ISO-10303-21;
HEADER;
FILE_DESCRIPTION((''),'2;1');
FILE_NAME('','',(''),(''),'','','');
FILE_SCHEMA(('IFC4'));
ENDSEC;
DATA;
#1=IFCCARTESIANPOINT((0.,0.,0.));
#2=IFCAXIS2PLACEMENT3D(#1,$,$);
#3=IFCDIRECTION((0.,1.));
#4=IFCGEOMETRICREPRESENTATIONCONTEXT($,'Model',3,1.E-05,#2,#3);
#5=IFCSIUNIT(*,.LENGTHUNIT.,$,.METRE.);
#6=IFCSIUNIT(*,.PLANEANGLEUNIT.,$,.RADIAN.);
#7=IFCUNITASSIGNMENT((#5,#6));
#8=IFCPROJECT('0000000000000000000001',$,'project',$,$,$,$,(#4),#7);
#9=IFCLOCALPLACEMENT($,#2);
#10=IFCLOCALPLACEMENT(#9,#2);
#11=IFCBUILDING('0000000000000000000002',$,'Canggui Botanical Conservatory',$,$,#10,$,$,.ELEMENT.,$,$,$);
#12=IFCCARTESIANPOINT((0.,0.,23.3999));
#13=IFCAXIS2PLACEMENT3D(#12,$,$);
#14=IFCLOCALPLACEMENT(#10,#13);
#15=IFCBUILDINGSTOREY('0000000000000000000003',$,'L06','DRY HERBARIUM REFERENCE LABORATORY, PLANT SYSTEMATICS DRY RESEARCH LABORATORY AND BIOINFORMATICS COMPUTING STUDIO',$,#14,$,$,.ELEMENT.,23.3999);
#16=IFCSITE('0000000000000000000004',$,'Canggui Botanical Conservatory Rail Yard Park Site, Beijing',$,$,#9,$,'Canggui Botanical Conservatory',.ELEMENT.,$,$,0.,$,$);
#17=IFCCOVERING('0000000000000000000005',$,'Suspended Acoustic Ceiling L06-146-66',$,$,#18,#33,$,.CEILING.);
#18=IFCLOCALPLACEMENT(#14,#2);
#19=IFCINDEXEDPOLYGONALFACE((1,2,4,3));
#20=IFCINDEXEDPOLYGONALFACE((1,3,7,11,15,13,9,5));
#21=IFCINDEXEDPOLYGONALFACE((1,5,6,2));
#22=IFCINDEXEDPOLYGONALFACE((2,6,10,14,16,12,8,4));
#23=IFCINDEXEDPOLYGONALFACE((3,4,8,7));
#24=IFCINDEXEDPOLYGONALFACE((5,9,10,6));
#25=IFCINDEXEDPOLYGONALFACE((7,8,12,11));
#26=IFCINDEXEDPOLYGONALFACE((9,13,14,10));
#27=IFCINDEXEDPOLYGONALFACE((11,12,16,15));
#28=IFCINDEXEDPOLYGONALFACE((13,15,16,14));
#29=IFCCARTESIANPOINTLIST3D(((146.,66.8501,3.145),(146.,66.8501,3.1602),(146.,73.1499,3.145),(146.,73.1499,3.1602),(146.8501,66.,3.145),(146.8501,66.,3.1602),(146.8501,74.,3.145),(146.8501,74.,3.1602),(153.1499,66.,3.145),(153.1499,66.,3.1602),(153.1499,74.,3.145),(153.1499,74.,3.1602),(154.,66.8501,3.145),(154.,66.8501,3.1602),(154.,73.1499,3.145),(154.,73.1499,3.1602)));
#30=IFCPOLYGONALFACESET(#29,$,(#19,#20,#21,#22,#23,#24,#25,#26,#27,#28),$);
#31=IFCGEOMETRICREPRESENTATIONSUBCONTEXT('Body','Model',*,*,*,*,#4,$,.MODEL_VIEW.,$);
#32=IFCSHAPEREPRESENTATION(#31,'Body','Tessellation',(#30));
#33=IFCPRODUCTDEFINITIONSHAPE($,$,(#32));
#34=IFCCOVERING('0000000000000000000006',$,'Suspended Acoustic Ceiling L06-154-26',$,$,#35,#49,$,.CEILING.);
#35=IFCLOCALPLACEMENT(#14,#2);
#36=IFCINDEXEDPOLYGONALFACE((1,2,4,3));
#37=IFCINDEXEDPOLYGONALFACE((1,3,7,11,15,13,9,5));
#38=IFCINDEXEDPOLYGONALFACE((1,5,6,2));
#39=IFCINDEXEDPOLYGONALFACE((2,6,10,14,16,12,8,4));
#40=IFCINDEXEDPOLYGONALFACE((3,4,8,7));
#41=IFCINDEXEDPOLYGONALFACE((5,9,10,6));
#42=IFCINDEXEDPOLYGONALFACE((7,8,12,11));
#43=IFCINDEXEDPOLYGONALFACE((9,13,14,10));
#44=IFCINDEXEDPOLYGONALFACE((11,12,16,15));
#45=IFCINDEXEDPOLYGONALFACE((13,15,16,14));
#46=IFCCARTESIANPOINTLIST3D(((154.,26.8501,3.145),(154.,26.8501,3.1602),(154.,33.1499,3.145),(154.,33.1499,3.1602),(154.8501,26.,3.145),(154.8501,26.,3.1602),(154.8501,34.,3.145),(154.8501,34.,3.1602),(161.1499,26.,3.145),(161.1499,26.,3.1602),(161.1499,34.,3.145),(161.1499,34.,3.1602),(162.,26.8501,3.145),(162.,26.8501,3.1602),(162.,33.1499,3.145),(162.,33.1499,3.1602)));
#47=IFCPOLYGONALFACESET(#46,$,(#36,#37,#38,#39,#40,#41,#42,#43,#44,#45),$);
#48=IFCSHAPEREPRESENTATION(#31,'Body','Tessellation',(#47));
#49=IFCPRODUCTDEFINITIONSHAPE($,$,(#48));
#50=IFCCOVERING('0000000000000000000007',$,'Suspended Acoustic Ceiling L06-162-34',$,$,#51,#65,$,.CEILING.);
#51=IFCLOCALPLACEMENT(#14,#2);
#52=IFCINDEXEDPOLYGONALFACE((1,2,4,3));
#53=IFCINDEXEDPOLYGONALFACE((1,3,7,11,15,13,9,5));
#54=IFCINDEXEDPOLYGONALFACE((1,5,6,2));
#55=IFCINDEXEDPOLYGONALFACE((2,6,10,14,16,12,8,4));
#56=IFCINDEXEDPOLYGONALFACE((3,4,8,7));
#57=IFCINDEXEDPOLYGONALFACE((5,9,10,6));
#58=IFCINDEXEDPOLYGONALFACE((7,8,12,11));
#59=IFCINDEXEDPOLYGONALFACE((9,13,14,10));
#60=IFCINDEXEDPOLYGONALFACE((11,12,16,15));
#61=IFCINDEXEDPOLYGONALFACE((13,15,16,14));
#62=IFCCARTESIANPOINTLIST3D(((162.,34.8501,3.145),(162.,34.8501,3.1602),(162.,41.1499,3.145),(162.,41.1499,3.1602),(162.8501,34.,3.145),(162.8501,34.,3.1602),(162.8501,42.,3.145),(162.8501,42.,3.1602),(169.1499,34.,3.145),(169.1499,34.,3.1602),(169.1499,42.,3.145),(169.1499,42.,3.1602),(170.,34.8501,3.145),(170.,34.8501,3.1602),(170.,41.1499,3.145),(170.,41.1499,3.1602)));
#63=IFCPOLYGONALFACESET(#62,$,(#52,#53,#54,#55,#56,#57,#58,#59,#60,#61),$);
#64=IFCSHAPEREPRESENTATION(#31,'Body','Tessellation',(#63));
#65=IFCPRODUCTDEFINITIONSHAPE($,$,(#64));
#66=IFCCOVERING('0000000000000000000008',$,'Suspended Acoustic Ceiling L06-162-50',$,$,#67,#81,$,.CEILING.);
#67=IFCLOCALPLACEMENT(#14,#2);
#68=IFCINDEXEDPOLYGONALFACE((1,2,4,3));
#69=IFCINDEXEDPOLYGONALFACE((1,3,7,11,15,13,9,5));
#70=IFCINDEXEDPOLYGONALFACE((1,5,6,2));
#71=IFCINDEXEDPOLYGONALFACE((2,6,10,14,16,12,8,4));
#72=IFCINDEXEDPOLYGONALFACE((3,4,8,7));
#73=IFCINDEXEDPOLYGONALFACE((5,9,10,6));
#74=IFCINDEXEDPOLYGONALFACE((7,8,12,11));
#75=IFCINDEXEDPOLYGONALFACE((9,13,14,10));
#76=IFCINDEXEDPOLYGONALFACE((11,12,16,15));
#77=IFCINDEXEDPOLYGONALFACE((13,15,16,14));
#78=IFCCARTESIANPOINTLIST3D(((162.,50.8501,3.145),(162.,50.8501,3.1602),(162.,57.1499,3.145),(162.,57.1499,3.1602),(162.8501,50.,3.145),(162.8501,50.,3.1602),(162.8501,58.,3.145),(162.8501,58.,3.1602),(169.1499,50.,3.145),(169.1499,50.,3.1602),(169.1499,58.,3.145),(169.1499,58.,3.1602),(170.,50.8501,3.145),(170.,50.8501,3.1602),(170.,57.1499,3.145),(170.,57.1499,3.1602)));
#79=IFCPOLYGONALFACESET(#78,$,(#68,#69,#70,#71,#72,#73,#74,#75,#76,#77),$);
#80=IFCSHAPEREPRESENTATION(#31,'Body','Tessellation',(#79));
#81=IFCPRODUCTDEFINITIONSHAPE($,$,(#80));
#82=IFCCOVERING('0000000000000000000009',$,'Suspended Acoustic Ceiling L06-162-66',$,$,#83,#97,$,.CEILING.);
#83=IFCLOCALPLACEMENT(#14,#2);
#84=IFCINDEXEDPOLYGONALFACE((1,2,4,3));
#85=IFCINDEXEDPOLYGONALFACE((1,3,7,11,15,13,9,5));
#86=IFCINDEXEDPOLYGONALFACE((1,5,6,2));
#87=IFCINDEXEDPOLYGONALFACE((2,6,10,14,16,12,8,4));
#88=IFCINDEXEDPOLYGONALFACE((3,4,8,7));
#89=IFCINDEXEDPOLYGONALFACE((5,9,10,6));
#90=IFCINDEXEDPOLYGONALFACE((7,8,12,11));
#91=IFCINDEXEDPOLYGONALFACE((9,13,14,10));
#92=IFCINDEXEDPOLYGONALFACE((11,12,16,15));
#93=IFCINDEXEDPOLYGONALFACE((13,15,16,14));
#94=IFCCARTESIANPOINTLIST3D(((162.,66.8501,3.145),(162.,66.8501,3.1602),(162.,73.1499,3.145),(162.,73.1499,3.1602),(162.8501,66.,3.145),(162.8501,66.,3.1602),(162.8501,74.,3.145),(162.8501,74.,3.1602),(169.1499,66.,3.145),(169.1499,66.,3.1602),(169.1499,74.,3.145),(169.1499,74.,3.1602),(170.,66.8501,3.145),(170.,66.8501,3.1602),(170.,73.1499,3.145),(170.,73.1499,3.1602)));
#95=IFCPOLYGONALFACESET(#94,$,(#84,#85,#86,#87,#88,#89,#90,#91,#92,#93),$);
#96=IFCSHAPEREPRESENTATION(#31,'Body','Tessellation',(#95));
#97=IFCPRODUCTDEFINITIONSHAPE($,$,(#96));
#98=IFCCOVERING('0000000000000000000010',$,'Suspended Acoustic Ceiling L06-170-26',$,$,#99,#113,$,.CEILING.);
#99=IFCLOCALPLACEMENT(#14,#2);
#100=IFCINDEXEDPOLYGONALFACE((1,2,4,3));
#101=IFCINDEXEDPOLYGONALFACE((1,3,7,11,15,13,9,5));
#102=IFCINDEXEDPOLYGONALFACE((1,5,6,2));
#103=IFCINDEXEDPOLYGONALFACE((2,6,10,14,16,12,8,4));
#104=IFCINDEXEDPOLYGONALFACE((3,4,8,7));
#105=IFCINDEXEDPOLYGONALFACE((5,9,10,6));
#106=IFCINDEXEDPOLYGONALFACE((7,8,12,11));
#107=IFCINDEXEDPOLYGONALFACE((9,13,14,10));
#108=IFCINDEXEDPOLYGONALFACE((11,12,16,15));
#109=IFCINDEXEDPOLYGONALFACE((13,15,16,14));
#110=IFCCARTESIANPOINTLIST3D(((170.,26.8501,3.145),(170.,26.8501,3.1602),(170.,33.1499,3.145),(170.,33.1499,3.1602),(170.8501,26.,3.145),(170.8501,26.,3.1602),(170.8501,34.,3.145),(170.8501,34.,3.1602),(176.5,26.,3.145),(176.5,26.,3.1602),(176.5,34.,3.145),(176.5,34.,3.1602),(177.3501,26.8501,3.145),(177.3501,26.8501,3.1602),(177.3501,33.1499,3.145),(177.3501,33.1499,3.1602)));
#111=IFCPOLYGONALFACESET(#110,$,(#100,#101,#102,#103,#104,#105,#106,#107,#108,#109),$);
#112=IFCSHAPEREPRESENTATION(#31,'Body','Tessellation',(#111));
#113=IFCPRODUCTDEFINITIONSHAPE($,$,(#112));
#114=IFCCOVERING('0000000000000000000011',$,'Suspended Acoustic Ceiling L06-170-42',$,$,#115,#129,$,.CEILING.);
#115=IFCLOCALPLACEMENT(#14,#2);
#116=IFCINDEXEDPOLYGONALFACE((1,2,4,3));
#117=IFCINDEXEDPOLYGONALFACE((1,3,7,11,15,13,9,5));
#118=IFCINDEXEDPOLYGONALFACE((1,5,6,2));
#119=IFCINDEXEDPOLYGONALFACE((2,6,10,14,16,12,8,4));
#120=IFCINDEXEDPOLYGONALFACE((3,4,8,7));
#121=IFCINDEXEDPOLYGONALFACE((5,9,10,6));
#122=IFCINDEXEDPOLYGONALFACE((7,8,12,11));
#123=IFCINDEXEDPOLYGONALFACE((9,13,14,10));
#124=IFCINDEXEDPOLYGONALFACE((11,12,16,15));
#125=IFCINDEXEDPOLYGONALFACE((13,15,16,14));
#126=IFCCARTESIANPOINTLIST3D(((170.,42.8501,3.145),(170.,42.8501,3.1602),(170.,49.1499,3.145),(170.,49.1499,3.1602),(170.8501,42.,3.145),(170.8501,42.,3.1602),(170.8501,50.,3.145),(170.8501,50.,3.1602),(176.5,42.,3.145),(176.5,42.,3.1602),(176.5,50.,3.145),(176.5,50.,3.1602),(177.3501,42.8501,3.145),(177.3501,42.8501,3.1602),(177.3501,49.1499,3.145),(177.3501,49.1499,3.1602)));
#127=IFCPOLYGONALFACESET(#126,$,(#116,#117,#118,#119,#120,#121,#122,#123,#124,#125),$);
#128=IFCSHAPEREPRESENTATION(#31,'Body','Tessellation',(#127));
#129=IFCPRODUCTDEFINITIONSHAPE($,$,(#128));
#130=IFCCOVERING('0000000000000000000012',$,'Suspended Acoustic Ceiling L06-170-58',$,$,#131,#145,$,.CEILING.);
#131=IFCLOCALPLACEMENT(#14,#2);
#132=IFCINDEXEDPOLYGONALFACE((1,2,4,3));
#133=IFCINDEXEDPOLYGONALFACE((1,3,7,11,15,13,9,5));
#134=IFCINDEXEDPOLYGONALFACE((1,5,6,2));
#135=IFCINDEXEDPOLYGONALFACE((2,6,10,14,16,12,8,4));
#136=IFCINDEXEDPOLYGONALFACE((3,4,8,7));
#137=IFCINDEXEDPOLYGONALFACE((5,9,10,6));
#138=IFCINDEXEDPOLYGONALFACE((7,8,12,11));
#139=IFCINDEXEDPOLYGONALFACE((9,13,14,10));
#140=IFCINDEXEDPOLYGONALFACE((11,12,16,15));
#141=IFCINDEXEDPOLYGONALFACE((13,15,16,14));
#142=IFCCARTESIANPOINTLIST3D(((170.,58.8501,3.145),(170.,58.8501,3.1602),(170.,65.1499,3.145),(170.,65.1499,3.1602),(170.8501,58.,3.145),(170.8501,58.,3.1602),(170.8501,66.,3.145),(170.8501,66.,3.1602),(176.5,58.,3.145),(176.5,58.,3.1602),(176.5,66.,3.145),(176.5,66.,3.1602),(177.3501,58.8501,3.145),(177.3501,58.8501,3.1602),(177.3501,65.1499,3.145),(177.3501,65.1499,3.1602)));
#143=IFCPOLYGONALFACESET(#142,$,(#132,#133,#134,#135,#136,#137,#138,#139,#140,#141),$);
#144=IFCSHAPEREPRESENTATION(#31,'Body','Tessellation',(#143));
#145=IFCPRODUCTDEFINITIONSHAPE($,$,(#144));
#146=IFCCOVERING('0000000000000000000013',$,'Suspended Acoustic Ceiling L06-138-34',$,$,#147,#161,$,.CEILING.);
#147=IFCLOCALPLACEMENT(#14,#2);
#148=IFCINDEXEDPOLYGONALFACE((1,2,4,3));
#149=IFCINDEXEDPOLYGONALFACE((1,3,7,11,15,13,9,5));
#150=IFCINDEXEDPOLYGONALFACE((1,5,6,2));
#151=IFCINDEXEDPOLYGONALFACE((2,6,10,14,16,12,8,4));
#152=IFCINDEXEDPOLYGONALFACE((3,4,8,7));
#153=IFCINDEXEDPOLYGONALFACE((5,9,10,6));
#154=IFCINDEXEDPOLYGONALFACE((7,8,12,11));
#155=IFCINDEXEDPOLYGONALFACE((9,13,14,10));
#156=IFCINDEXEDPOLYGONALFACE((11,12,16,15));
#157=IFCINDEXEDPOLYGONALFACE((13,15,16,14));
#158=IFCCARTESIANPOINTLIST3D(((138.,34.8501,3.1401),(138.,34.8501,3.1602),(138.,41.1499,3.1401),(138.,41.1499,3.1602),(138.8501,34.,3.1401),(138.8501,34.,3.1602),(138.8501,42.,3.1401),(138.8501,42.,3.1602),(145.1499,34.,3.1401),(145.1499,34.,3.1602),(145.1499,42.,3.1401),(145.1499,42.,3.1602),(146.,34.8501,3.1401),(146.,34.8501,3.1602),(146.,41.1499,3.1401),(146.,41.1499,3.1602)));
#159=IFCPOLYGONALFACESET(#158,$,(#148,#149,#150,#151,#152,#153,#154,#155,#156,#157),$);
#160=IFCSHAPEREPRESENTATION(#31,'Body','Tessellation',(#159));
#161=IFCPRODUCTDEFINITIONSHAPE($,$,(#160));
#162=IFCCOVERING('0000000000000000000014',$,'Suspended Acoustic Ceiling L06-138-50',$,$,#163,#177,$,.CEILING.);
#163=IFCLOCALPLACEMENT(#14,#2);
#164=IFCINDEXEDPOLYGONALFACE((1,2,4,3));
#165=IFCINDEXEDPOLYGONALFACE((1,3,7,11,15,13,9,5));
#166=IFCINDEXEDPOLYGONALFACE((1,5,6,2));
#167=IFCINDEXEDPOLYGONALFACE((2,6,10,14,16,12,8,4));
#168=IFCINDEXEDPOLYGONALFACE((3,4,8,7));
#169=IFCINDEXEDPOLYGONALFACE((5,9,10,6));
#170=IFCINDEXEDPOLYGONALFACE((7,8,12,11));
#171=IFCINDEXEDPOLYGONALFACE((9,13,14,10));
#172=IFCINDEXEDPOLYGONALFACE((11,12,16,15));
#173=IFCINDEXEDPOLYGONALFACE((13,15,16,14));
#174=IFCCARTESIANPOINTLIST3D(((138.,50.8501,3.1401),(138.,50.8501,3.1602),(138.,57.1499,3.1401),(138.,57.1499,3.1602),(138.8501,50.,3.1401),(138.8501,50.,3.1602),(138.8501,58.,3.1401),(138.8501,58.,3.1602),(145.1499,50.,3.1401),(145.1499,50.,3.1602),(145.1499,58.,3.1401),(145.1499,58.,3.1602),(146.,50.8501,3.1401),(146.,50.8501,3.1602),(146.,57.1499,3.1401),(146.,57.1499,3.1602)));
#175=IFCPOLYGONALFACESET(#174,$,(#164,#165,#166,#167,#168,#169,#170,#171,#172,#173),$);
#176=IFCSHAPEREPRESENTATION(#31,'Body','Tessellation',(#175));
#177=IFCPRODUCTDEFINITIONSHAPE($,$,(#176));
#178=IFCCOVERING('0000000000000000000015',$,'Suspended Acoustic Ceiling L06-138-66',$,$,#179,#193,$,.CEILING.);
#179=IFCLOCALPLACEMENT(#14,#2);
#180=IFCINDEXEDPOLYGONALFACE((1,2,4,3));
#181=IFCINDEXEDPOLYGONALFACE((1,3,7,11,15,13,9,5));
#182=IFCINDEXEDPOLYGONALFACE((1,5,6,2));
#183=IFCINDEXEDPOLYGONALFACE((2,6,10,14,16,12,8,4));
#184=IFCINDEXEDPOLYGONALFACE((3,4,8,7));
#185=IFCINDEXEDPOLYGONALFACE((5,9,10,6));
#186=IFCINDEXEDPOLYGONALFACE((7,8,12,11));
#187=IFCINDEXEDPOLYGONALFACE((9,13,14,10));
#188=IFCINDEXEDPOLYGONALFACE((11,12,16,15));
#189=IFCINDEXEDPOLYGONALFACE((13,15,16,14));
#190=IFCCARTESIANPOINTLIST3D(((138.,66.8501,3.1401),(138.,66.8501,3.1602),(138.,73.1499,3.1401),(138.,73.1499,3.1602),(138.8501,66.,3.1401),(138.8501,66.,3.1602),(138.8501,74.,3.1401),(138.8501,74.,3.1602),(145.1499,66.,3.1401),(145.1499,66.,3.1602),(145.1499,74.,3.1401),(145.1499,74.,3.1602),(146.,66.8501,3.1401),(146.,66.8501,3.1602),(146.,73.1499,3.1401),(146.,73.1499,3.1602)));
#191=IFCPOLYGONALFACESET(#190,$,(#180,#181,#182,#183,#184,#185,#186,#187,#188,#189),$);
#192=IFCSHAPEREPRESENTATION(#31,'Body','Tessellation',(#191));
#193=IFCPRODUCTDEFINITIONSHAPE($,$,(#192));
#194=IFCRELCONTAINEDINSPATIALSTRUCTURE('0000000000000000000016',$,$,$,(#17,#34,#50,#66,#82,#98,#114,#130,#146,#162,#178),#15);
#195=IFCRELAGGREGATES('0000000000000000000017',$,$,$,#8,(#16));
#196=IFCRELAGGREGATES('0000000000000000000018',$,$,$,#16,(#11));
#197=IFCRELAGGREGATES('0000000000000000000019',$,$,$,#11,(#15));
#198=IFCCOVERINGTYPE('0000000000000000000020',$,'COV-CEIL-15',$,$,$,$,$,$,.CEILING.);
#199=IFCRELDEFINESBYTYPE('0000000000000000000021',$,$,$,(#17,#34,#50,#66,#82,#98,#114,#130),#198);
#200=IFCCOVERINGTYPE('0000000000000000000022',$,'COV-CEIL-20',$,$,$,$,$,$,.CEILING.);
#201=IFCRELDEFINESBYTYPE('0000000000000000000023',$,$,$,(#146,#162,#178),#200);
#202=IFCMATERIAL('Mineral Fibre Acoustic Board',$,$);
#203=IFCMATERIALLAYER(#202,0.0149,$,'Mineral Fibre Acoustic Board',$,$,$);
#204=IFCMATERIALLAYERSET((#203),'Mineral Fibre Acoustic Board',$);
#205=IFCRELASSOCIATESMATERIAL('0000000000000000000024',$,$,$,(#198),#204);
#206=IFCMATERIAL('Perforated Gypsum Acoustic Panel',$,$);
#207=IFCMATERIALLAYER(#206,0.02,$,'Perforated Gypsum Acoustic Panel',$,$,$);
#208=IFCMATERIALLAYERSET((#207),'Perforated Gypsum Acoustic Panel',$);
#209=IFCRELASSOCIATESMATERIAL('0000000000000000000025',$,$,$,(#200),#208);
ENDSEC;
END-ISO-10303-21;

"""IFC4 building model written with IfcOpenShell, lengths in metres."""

from ifc_helpers import new_model, si_unit, direction, frame, origin, place, context, subcontext, project, spatial, polyline, outline, extrude, material, layer, layer_set, type_object, element, save


model = new_model("IFC4")

# Units and contexts
model_context = context("Model", 3, precision=1e-05, world=origin(), true_north=direction((0.0, 1.0)))
body_context = subcontext(model_context, "Body", "Model", "MODEL_VIEW")
ifc_project = project(units=[si_unit("LENGTHUNIT", "METRE"), si_unit("PLANEANGLEUNIT", "RADIAN")], contexts=[model_context])

# Site, building, storey
site_placement = place(None, origin())
site = spatial("IfcSite", under=ifc_project, at=site_placement, Name="Canggui Botanical Conservatory Rail Yard Park Site, Beijing", LongName="Canggui Botanical Conservatory", CompositionType="ELEMENT", RefElevation=0.0)
building_placement = place(site_placement, origin())
building = spatial("IfcBuilding", under=site, at=building_placement, Name="Canggui Botanical Conservatory", CompositionType="ELEMENT")
storey_placement = place(building_placement, frame((0.0, 0.0, 23.3999)))
storey = spatial("IfcBuildingStorey", under=building, at=storey_placement, Name="L06", Description="DRY HERBARIUM REFERENCE LABORATORY, PLANT SYSTEMATICS DRY RESEARCH LABORATORY AND BIOINFORMATICS COMPUTING STUDIO", CompositionType="ELEMENT", Elevation=23.3999)

# Coverings
ifc_material_1 = material(Name="Mineral Fibre Acoustic Board")
ifc_layer_1 = layer(ifc_material_1, 0.0149, Name="Mineral Fibre Acoustic Board")
ifc_layer_set_1 = layer_set([ifc_layer_1], Name="Mineral Fibre Acoustic Board")
covering_type_1 = type_object("IfcCoveringType", Name="COV-CEIL-15", PredefinedType="CEILING", material=ifc_layer_set_1)
covering_1_placement = place(storey_placement, frame((0.0, 0.0, 3.145)))
element("IfcCovering", 1, at=covering_1_placement, inside=storey, type_object=covering_type_1, Name="Suspended Acoustic Ceiling L06-146-66", PredefinedType="CEILING", context=body_context, shape_type="SweptSolid", body=[
    extrude(outline(polyline([(146.8501, 66.0), (153.1499, 66.0), (154.0, 66.8501), (154.0, 73.1499), (153.1499, 74.0), (146.8501, 74.0), (146.0, 73.1499), (146.0, 66.8501), (146.8501, 66.0)])), origin(), (0.0, 0.0, 1.0), 0.0151),
])
covering_2_placement = place(storey_placement, frame((0.0, 0.0, 3.145)))
element("IfcCovering", 2, at=covering_2_placement, inside=storey, type_object=covering_type_1, Name="Suspended Acoustic Ceiling L06-154-26", PredefinedType="CEILING", context=body_context, shape_type="SweptSolid", body=[
    extrude(outline(polyline([(154.8501, 26.0), (161.1499, 26.0), (162.0, 26.8501), (162.0, 33.1499), (161.1499, 34.0), (154.8501, 34.0), (154.0, 33.1499), (154.0, 26.8501), (154.8501, 26.0)])), origin(), (0.0, 0.0, 1.0), 0.0151),
])
covering_3_placement = place(storey_placement, frame((0.0, 0.0, 3.145)))
element("IfcCovering", 3, at=covering_3_placement, inside=storey, type_object=covering_type_1, Name="Suspended Acoustic Ceiling L06-162-34", PredefinedType="CEILING", context=body_context, shape_type="SweptSolid", body=[
    extrude(outline(polyline([(162.8501, 34.0), (169.1499, 34.0), (170.0, 34.8501), (170.0, 41.1499), (169.1499, 42.0), (162.8501, 42.0), (162.0, 41.1499), (162.0, 34.8501), (162.8501, 34.0)])), origin(), (0.0, 0.0, 1.0), 0.0151),
])
covering_4_placement = place(storey_placement, frame((0.0, 0.0, 3.145)))
element("IfcCovering", 4, at=covering_4_placement, inside=storey, type_object=covering_type_1, Name="Suspended Acoustic Ceiling L06-162-50", PredefinedType="CEILING", context=body_context, shape_type="SweptSolid", body=[
    extrude(outline(polyline([(162.8501, 50.0), (169.1499, 50.0), (170.0, 50.8501), (170.0, 57.1499), (169.1499, 58.0), (162.8501, 58.0), (162.0, 57.1499), (162.0, 50.8501), (162.8501, 50.0)])), origin(), (0.0, 0.0, 1.0), 0.0151),
])
covering_5_placement = place(storey_placement, frame((0.0, 0.0, 3.145)))
element("IfcCovering", 5, at=covering_5_placement, inside=storey, type_object=covering_type_1, Name="Suspended Acoustic Ceiling L06-162-66", PredefinedType="CEILING", context=body_context, shape_type="SweptSolid", body=[
    extrude(outline(polyline([(162.8501, 66.0), (169.1499, 66.0), (170.0, 66.8501), (170.0, 73.1499), (169.1499, 74.0), (162.8501, 74.0), (162.0, 73.1499), (162.0, 66.8501), (162.8501, 66.0)])), origin(), (0.0, 0.0, 1.0), 0.0151),
])
covering_6_placement = place(storey_placement, frame((0.0, 0.0, 3.145)))
element("IfcCovering", 6, at=covering_6_placement, inside=storey, type_object=covering_type_1, Name="Suspended Acoustic Ceiling L06-170-26", PredefinedType="CEILING", context=body_context, shape_type="SweptSolid", body=[
    extrude(outline(polyline([(170.8501, 26.0), (176.5, 26.0), (177.3501, 26.8501), (177.3501, 33.1499), (176.5, 34.0), (170.8501, 34.0), (170.0, 33.1499), (170.0, 26.8501), (170.8501, 26.0)])), origin(), (0.0, 0.0, 1.0), 0.0151),
])
covering_7_placement = place(storey_placement, frame((0.0, 0.0, 3.145)))
element("IfcCovering", 7, at=covering_7_placement, inside=storey, type_object=covering_type_1, Name="Suspended Acoustic Ceiling L06-170-42", PredefinedType="CEILING", context=body_context, shape_type="SweptSolid", body=[
    extrude(outline(polyline([(170.8501, 42.0), (176.5, 42.0), (177.3501, 42.8501), (177.3501, 49.1499), (176.5, 50.0), (170.8501, 50.0), (170.0, 49.1499), (170.0, 42.8501), (170.8501, 42.0)])), origin(), (0.0, 0.0, 1.0), 0.0151),
])
covering_8_placement = place(storey_placement, frame((0.0, 0.0, 3.145)))
element("IfcCovering", 8, at=covering_8_placement, inside=storey, type_object=covering_type_1, Name="Suspended Acoustic Ceiling L06-170-58", PredefinedType="CEILING", context=body_context, shape_type="SweptSolid", body=[
    extrude(outline(polyline([(170.8501, 58.0), (176.5, 58.0), (177.3501, 58.8501), (177.3501, 65.1499), (176.5, 66.0), (170.8501, 66.0), (170.0, 65.1499), (170.0, 58.8501), (170.8501, 58.0)])), origin(), (0.0, 0.0, 1.0), 0.0151),
])
ifc_material_2 = material(Name="Perforated Gypsum Acoustic Panel")
ifc_layer_2 = layer(ifc_material_2, 0.02, Name="Perforated Gypsum Acoustic Panel")
ifc_layer_set_2 = layer_set([ifc_layer_2], Name="Perforated Gypsum Acoustic Panel")
covering_type_2 = type_object("IfcCoveringType", Name="COV-CEIL-20", PredefinedType="CEILING", material=ifc_layer_set_2)
covering_9_placement = place(storey_placement, frame((0.0, 0.0, 3.1401)))
element("IfcCovering", 9, at=covering_9_placement, inside=storey, type_object=covering_type_2, Name="Suspended Acoustic Ceiling L06-138-34", PredefinedType="CEILING", context=body_context, shape_type="SweptSolid", body=[
    extrude(outline(polyline([(138.8501, 34.0), (145.1499, 34.0), (146.0, 34.8501), (146.0, 41.1499), (145.1499, 42.0), (138.8501, 42.0), (138.0, 41.1499), (138.0, 34.8501), (138.8501, 34.0)])), origin(), (0.0, 0.0, 1.0), 0.02),
])
covering_10_placement = place(storey_placement, frame((0.0, 0.0, 3.1401)))
element("IfcCovering", 10, at=covering_10_placement, inside=storey, type_object=covering_type_2, Name="Suspended Acoustic Ceiling L06-138-50", PredefinedType="CEILING", context=body_context, shape_type="SweptSolid", body=[
    extrude(outline(polyline([(138.8501, 50.0), (145.1499, 50.0), (146.0, 50.8501), (146.0, 57.1499), (145.1499, 58.0), (138.8501, 58.0), (138.0, 57.1499), (138.0, 50.8501), (138.8501, 50.0)])), origin(), (0.0, 0.0, 1.0), 0.02),
])
covering_11_placement = place(storey_placement, frame((0.0, 0.0, 3.1401)))
element("IfcCovering", 11, at=covering_11_placement, inside=storey, type_object=covering_type_2, Name="Suspended Acoustic Ceiling L06-138-66", PredefinedType="CEILING", context=body_context, shape_type="SweptSolid", body=[
    extrude(outline(polyline([(138.8501, 66.0), (145.1499, 66.0), (146.0, 66.8501), (146.0, 73.1499), (145.1499, 74.0), (138.8501, 74.0), (138.0, 73.1499), (138.0, 66.8501), (138.8501, 66.0)])), origin(), (0.0, 0.0, 1.0), 0.02),
])

save(model, "model.ifc")
